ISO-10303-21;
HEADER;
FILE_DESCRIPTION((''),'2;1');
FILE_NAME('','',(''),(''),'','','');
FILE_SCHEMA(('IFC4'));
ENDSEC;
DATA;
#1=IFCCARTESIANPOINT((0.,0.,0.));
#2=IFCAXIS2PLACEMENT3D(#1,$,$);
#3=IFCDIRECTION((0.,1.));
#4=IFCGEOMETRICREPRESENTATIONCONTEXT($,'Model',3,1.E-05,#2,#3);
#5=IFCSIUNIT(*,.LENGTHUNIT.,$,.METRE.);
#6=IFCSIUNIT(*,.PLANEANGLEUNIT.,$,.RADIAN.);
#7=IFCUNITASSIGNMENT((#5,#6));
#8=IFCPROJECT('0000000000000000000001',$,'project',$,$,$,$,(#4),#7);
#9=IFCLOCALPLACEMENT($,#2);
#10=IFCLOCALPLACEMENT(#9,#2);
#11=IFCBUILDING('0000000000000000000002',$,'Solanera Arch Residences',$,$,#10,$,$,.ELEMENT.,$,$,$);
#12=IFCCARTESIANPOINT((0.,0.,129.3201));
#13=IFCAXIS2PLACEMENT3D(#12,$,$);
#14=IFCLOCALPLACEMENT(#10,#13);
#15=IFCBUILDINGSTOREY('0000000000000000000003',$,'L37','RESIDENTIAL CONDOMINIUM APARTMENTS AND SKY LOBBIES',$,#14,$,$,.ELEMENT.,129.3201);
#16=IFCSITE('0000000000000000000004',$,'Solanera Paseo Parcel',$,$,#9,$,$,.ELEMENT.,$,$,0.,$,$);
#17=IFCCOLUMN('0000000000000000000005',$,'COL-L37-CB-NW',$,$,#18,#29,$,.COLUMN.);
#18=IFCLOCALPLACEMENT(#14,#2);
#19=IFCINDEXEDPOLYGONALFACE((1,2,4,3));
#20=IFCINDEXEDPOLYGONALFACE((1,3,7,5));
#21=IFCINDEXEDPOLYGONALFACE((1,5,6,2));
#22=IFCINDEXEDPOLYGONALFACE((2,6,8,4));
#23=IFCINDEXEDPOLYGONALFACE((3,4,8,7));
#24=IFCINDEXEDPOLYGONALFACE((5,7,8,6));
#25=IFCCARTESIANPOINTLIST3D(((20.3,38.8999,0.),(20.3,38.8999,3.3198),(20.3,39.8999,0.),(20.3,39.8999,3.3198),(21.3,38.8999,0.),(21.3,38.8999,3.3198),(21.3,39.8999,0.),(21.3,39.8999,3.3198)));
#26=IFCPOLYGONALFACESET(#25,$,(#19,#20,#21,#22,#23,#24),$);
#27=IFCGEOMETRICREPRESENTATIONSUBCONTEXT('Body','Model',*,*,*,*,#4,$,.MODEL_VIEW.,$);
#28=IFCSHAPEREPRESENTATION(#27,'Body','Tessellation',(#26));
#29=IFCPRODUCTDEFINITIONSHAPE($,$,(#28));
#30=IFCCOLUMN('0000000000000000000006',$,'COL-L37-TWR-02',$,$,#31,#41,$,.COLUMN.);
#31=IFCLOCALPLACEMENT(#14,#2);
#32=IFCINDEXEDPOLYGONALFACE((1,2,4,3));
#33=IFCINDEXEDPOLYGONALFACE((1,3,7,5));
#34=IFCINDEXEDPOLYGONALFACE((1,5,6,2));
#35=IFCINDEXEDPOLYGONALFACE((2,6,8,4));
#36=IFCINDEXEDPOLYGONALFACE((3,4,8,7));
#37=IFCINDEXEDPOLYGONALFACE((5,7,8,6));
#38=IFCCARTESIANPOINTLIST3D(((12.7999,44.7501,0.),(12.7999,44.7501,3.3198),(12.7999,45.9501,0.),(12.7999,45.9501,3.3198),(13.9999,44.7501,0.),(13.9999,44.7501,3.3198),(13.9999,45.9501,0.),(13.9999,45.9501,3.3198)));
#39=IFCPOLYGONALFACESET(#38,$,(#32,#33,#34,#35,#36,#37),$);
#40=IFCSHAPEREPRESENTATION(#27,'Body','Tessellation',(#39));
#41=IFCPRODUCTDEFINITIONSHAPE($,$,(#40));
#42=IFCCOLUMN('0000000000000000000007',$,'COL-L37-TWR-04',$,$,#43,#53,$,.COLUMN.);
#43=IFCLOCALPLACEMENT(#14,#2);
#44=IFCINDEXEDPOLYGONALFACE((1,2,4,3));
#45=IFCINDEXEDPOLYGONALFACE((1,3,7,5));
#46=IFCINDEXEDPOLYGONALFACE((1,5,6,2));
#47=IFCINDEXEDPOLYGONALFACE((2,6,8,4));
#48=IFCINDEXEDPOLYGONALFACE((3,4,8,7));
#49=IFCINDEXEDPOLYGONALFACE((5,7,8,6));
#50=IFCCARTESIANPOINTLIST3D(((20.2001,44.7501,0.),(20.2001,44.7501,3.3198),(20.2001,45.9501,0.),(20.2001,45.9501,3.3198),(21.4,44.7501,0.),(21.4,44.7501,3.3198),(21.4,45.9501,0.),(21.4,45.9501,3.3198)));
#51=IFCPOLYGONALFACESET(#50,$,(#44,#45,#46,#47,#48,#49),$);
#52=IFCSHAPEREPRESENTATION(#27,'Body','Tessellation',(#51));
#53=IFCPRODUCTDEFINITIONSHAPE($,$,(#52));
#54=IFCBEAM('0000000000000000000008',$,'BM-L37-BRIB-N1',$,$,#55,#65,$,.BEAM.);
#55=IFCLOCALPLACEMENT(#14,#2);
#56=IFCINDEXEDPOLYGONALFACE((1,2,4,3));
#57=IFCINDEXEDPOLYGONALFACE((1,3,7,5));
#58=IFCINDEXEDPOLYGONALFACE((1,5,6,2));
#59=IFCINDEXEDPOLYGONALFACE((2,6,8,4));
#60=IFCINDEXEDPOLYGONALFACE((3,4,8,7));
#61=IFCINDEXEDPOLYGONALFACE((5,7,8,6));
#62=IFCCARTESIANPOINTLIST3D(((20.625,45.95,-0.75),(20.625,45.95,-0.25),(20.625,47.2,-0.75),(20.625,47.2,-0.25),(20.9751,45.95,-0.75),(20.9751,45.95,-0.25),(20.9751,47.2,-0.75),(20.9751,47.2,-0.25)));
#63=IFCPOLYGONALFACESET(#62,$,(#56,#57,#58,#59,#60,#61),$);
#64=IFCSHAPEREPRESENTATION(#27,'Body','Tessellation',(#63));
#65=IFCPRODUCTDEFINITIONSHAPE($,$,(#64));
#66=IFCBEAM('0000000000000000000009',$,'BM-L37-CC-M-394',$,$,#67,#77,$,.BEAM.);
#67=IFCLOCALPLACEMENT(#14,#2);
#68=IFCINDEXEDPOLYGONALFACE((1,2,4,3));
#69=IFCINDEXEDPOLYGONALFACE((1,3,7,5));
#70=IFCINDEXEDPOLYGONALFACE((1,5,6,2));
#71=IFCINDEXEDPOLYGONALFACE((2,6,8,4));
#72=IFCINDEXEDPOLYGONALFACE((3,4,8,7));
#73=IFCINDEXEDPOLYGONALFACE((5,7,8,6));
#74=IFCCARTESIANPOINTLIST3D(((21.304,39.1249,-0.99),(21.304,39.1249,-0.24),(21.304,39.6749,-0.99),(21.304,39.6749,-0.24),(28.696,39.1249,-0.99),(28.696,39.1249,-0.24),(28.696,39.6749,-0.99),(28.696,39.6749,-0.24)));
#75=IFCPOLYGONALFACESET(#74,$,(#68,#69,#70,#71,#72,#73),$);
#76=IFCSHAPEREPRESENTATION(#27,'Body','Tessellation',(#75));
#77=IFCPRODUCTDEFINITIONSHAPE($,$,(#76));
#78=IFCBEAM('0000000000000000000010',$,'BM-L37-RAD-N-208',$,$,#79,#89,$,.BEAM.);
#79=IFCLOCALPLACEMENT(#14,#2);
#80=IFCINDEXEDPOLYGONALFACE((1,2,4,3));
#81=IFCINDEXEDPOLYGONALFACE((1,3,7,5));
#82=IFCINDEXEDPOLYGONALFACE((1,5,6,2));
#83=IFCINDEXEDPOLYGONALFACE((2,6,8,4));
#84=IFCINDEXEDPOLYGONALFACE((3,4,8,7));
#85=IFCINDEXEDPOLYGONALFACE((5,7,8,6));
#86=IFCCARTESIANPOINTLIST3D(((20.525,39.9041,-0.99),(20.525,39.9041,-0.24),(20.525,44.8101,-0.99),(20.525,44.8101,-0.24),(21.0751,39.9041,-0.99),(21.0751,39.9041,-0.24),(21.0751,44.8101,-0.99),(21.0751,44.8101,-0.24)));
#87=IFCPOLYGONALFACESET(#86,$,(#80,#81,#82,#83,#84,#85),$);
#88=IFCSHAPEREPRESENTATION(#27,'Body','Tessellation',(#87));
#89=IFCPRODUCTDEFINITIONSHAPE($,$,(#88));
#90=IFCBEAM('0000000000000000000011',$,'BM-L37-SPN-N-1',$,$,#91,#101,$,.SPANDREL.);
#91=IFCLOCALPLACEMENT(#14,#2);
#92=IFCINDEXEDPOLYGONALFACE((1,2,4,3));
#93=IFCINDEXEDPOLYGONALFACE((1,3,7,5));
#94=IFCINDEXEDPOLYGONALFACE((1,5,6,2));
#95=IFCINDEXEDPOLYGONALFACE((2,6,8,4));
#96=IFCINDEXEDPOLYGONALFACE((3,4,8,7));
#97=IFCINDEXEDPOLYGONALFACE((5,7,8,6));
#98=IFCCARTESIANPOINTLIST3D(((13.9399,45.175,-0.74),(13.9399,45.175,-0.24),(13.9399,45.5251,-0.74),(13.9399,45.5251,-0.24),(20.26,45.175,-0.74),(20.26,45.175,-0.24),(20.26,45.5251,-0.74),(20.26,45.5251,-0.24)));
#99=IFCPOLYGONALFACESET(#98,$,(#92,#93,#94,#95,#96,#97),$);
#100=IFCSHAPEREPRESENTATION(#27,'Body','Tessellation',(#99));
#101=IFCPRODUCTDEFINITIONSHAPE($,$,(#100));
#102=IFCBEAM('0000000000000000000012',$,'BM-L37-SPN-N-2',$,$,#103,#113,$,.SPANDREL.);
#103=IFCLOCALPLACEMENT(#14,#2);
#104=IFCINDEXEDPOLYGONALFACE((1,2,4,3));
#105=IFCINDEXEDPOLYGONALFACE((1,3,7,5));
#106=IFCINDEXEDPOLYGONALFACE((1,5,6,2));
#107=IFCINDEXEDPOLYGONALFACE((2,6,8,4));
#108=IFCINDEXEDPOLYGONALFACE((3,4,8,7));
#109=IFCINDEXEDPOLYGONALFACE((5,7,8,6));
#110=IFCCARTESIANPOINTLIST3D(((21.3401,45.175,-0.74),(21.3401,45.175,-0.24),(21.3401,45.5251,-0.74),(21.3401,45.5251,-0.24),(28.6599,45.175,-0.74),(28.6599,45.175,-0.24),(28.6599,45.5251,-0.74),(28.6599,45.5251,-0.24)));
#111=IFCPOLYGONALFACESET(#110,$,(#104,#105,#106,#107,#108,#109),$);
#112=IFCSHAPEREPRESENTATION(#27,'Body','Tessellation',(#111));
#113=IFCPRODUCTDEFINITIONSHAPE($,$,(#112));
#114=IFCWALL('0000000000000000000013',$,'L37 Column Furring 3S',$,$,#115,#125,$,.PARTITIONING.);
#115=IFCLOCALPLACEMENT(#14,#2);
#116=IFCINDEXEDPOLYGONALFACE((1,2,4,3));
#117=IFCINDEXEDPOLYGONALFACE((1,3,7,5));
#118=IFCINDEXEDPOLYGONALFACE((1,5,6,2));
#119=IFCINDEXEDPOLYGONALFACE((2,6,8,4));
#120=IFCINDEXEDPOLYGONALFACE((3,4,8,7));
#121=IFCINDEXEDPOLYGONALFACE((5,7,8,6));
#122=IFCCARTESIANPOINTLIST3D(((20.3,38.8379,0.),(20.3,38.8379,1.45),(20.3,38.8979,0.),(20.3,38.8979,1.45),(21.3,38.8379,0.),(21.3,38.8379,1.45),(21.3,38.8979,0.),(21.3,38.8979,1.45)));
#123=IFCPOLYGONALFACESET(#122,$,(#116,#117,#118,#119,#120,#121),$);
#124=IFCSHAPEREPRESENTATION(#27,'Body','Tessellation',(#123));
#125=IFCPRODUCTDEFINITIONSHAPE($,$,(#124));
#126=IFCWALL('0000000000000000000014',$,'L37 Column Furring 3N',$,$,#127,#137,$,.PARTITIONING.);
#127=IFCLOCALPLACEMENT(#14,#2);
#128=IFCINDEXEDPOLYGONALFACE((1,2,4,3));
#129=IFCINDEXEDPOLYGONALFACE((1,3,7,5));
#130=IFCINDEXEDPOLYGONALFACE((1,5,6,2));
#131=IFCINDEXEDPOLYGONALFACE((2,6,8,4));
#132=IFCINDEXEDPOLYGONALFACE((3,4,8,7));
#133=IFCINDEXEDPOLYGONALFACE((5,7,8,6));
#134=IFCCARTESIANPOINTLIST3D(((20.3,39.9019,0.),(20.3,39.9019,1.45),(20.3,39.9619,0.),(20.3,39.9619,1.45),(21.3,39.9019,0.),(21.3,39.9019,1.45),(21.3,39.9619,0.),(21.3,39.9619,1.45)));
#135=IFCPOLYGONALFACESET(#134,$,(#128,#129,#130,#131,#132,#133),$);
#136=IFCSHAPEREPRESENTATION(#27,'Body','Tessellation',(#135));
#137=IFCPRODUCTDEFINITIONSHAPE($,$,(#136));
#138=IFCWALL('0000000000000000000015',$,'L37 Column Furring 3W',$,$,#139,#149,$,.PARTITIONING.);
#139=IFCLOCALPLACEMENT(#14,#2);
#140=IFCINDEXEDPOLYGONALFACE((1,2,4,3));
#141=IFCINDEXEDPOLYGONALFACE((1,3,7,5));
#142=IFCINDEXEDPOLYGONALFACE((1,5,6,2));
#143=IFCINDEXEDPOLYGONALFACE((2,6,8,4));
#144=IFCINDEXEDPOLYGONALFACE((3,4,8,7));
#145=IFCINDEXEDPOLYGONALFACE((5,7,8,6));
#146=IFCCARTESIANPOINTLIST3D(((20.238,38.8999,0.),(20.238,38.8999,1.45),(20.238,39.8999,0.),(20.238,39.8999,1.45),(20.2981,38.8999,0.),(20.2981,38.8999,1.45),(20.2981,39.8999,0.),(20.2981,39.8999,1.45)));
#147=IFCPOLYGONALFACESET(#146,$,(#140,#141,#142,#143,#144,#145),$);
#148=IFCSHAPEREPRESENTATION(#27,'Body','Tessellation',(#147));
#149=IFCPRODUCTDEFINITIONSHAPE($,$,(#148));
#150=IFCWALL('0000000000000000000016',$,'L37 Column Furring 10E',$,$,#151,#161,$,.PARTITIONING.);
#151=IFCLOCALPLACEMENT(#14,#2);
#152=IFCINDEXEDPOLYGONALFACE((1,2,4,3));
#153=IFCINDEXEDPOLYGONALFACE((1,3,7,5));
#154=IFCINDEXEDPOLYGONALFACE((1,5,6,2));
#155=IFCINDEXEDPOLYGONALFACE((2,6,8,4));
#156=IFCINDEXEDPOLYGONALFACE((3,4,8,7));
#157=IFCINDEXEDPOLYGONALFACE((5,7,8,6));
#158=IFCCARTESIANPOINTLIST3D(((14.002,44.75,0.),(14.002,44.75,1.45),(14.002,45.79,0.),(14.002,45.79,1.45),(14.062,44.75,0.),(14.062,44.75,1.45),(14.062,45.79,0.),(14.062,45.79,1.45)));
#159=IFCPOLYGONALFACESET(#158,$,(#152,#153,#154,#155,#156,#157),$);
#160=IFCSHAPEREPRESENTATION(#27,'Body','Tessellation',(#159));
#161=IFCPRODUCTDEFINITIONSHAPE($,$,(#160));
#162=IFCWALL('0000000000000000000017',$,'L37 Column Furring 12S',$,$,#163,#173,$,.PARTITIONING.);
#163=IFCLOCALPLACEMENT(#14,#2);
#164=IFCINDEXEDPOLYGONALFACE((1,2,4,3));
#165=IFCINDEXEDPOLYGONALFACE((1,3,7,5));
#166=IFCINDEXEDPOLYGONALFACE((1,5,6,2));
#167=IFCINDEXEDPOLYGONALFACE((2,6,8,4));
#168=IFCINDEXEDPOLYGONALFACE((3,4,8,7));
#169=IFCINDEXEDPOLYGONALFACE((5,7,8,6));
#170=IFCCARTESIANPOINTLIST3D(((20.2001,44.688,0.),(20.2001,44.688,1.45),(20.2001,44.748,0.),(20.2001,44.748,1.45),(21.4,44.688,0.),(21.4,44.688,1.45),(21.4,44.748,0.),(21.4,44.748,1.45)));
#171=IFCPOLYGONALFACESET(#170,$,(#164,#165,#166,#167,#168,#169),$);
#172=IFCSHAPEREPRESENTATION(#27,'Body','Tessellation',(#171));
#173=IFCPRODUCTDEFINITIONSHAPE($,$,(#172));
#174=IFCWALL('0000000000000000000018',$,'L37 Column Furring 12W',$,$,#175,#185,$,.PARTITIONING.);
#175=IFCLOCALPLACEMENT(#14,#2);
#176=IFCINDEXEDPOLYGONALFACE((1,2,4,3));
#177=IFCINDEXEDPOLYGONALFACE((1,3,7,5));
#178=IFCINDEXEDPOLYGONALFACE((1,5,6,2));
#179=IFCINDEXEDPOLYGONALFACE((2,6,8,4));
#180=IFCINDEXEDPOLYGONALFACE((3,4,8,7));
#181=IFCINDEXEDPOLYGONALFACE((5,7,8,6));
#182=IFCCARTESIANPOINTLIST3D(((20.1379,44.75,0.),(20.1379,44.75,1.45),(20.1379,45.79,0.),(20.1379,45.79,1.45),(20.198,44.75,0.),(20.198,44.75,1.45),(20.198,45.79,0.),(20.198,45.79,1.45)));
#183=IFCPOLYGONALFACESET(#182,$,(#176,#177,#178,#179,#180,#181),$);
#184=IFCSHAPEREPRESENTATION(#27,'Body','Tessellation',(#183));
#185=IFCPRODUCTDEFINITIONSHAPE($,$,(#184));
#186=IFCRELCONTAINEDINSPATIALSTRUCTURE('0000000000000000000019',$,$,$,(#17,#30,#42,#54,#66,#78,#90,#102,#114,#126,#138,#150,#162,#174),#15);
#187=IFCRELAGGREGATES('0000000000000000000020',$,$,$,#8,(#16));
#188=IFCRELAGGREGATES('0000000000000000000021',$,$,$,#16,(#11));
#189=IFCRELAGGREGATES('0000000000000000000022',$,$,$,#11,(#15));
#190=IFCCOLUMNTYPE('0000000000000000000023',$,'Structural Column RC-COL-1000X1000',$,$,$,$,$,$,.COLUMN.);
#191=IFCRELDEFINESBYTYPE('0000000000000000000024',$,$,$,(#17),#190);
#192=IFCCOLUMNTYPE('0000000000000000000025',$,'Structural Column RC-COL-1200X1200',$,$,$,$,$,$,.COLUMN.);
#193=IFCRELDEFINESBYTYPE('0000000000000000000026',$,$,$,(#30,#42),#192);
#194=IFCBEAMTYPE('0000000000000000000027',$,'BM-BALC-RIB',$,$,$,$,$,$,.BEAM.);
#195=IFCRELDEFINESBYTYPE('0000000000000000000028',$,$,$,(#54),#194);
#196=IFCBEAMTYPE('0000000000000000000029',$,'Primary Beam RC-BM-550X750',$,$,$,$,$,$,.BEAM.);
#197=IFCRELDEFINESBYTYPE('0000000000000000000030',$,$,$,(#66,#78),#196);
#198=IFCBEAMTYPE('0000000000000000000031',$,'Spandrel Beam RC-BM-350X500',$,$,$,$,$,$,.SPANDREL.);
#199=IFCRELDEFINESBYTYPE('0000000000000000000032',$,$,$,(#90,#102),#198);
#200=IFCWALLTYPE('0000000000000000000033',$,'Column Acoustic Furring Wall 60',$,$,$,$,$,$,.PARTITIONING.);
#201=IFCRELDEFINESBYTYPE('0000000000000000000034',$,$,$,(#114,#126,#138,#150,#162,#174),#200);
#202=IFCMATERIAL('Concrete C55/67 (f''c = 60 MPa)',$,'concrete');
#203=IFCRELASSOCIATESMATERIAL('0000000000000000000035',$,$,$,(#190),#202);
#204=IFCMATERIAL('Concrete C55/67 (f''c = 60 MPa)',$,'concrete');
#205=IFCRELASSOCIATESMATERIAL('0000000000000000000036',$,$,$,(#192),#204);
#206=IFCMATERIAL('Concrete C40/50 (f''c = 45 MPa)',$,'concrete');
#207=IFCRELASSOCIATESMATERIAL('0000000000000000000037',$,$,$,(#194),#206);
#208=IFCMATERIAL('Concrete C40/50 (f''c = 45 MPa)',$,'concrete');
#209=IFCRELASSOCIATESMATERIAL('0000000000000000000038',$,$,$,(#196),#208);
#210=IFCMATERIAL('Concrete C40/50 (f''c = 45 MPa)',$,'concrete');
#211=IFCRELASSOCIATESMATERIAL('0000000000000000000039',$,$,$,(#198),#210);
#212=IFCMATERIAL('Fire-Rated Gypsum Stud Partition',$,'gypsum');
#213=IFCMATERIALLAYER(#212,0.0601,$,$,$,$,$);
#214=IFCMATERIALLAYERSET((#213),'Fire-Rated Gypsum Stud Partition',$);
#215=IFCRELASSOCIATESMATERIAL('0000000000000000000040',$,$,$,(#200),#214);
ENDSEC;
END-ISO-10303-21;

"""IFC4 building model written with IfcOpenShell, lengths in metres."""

from ifc_helpers import new_model, si_unit, direction, frame, frame_2d, origin, origin_2d, place, context, subcontext, project, spatial, rectangle, extrude, material, layer, layer_set, material_profile, profile_set, type_object, element, save


model = new_model("IFC4")

# Units and contexts
model_context = context("Model", 3, precision=1e-05, world=origin(), true_north=direction((0.0, 1.0)))
body_context = subcontext(model_context, "Body", "Model", "MODEL_VIEW")
ifc_project = project(units=[si_unit("LENGTHUNIT", "METRE"), si_unit("PLANEANGLEUNIT", "RADIAN")], contexts=[model_context])

# Site, building, storey
site_placement = place(None, origin())
site = spatial("IfcSite", under=ifc_project, at=site_placement, Name="Solanera Paseo Parcel", CompositionType="ELEMENT", RefElevation=0.0)
building_placement = place(site_placement, origin())
building = spatial("IfcBuilding", under=site, at=building_placement, Name="Solanera Arch Residences", CompositionType="ELEMENT")
storey_placement = place(building_placement, frame((0.0, 0.0, 129.3201)))
storey = spatial("IfcBuildingStorey", under=building, at=storey_placement, Name="L37", Description="RESIDENTIAL CONDOMINIUM APARTMENTS AND SKY LOBBIES", CompositionType="ELEMENT", Elevation=129.3201)

# Columns
ifc_material_1 = material(Name="Concrete C55/67 (f'c = 60 MPa)", Category="concrete")
ifc_material_profile_1 = material_profile(ifc_material_1, rectangle(XDim=1.0, YDim=1.0, at=origin_2d()))
ifc_profile_set_1 = profile_set([ifc_material_profile_1], Name="Concrete C55/67 (f'c = 60 MPa)")
column_type_1 = type_object("IfcColumnType", Name="Structural Column RC-COL-1000X1000", PredefinedType="COLUMN", material=ifc_profile_set_1)
column_placement = place(storey_placement, frame((20.8, 39.3999, 0.0), z_axis=(0.0, 0.0, 1.0), x_axis=(1.0, 0.0, 0.0)))
element("IfcColumn", 1, at=column_placement, inside=storey, type_object=column_type_1, Name="COL-L37-CB-NW", PredefinedType="COLUMN", context=body_context, shape_type="SweptSolid", body=[
    extrude(rectangle(XDim=1.0, YDim=1.0, at=origin_2d()), origin(), (0.0, 0.0, 1.0), 3.3198),
])
ifc_material_2 = material(Name="Concrete C55/67 (f'c = 60 MPa)", Category="concrete")
ifc_material_profile_2 = material_profile(ifc_material_2, rectangle(XDim=1.2, YDim=1.2, at=origin_2d()))
ifc_profile_set_2 = profile_set([ifc_material_profile_2], Name="Concrete C55/67 (f'c = 60 MPa)")
column_type_2 = type_object("IfcColumnType", Name="Structural Column RC-COL-1200X1200", PredefinedType="COLUMN", material=ifc_profile_set_2)
for number, where, z_axis, x_axis, name in (
    (2, (13.3999, 45.3501, 0.0), (0.0, 0.0, 1.0), (1.0, 0.0, 0.0), "COL-L37-TWR-02"),
    (3, (20.8, 45.3501, 0.0), (0.0, 0.0, 1.0), (1.0, 0.0, 0.0), "COL-L37-TWR-04"),
):
    element("IfcColumn", number, at=place(storey_placement, frame(where, z_axis=z_axis, x_axis=x_axis)), inside=storey, type_object=column_type_2, Name=name, PredefinedType="COLUMN", context=body_context, shape_type="SweptSolid", body=[
        extrude(rectangle(XDim=1.2, YDim=1.2, at=origin_2d()), origin(), (0.0, 0.0, 1.0), 3.3198),
    ])

# Beams
ifc_material_3 = material(Name="Concrete C40/50 (f'c = 45 MPa)", Category="concrete")
ifc_material_profile_3 = material_profile(ifc_material_3, rectangle(XDim=0.3501, YDim=0.5, at=origin_2d()))
ifc_profile_set_3 = profile_set([ifc_material_profile_3], Name="Concrete C40/50 (f'c = 45 MPa)")
beam_type_1 = type_object("IfcBeamType", Name="BM-BALC-RIB", PredefinedType="BEAM", material=ifc_profile_set_3)
beam_1_placement = place(storey_placement, frame((20.8, 45.95, -0.5), z_axis=(0.0, 1.0, 0.0), x_axis=(-1.0, 0.0, 0.0)))
element("IfcBeam", 4, at=beam_1_placement, inside=storey, type_object=beam_type_1, Name="BM-L37-BRIB-N1", PredefinedType="BEAM", context=body_context, shape_type="SweptSolid", body=[
    extrude(rectangle(XDim=0.3501, YDim=0.5, at=origin_2d()), origin(), (0.0, 0.0, 1.0), 1.25),
])
ifc_material_4 = material(Name="Concrete C40/50 (f'c = 45 MPa)", Category="concrete")
ifc_material_profile_4 = material_profile(ifc_material_4, rectangle(XDim=0.55, YDim=0.75, at=origin_2d()))
ifc_profile_set_4 = profile_set([ifc_material_profile_4], Name="Concrete C40/50 (f'c = 45 MPa)")
beam_type_2 = type_object("IfcBeamType", Name="Primary Beam RC-BM-550X750", PredefinedType="BEAM", material=ifc_profile_set_4)
beam_2_placement = place(storey_placement, frame((21.304, 39.3999, -0.615), z_axis=(1.0, 0.0, 0.0), x_axis=(0.0, 1.0, 0.0)))
element("IfcBeam", 5, at=beam_2_placement, inside=storey, type_object=beam_type_2, Name="BM-L37-CC-M-394", PredefinedType="BEAM", context=body_context, shape_type="SweptSolid", body=[
    extrude(rectangle(XDim=0.55, YDim=0.75, at=origin_2d()), origin(), (0.0, 0.0, 1.0), 7.3921),
])
beam_3_placement = place(storey_placement, frame((20.8, 39.9041, -0.615), z_axis=(0.0, 1.0, 0.0), x_axis=(-1.0, 0.0, 0.0)))
element("IfcBeam", 6, at=beam_3_placement, inside=storey, type_object=beam_type_2, Name="BM-L37-RAD-N-208", PredefinedType="BEAM", context=body_context, shape_type="SweptSolid", body=[
    extrude(rectangle(XDim=0.55, YDim=0.75, at=origin_2d()), origin(), (0.0, 0.0, 1.0), 4.906),
])
ifc_material_5 = material(Name="Concrete C40/50 (f'c = 45 MPa)", Category="concrete")
ifc_material_profile_5 = material_profile(ifc_material_5, rectangle(XDim=0.3501, YDim=0.5, at=origin_2d()))
ifc_profile_set_5 = profile_set([ifc_material_profile_5], Name="Concrete C40/50 (f'c = 45 MPa)")
beam_type_3 = type_object("IfcBeamType", Name="Spandrel Beam RC-BM-350X500", PredefinedType="SPANDREL", material=ifc_profile_set_5)
beam_4_placement = place(storey_placement, frame((13.9399, 45.3501, -0.49), z_axis=(1.0, 0.0, 0.0), x_axis=(0.0, 1.0, 0.0)))
element("IfcBeam", 7, at=beam_4_placement, inside=storey, type_object=beam_type_3, Name="BM-L37-SPN-N-1", PredefinedType="SPANDREL", context=body_context, shape_type="SweptSolid", body=[
    extrude(rectangle(XDim=0.3501, YDim=0.5, at=origin_2d()), origin(), (0.0, 0.0, 1.0), 6.3201),
])
beam_5_placement = place(storey_placement, frame((21.3401, 45.3501, -0.49), z_axis=(1.0, 0.0, 0.0), x_axis=(0.0, 1.0, 0.0)))
element("IfcBeam", 8, at=beam_5_placement, inside=storey, type_object=beam_type_3, Name="BM-L37-SPN-N-2", PredefinedType="SPANDREL", context=body_context, shape_type="SweptSolid", body=[
    extrude(rectangle(XDim=0.3501, YDim=0.5, at=origin_2d()), origin(), (0.0, 0.0, 1.0), 7.3198),
])

# Walls
ifc_material_6 = material(Name="Fire-Rated Gypsum Stud Partition", Category="gypsum")
ifc_layer_1 = layer(ifc_material_6, 0.0601)
ifc_layer_set_1 = layer_set([ifc_layer_1], Name="Fire-Rated Gypsum Stud Partition")
wall_type_1 = type_object("IfcWallType", Name="Column Acoustic Furring Wall 60", PredefinedType="PARTITIONING", material=ifc_layer_set_1)
for number, where, z_axis, x_axis, name in (
    (9, (20.3, 38.8679, 0.0), (0.0, 0.0, 1.0), (1.0, 0.0, 0.0), "L37 Column Furring 3S"),
    (10, (20.3, 39.9319, 0.0), (0.0, 0.0, 1.0), (1.0, 0.0, 0.0), "L37 Column Furring 3N"),
    (11, (20.2681, 38.8999, 0.0), (0.0, 0.0, 1.0), (0.0, 1.0, 0.0), "L37 Column Furring 3W"),
):
    element("IfcWall", number, at=place(storey_placement, frame(where, z_axis=z_axis, x_axis=x_axis)), inside=storey, type_object=wall_type_1, Name=name, PredefinedType="PARTITIONING", context=body_context, shape_type="SweptSolid", body=[
        extrude(rectangle(XDim=1.0, YDim=0.0601, at=frame_2d((0.5, 0.0))), origin(), (0.0, 0.0, 1.0), 1.45),
    ])
wall_1_placement = place(storey_placement, frame((14.032, 44.75, 0.0), z_axis=(0.0, 0.0, 1.0), x_axis=(0.0, 1.0, 0.0)))
element("IfcWall", 12, at=wall_1_placement, inside=storey, type_object=wall_type_1, Name="L37 Column Furring 10E", PredefinedType="PARTITIONING", context=body_context, shape_type="SweptSolid", body=[
    extrude(rectangle(XDim=1.04, YDim=0.0601, at=frame_2d((0.52, 0.0))), origin(), (0.0, 0.0, 1.0), 1.45),
])
wall_2_placement = place(storey_placement, frame((20.2, 44.718, 0.0), z_axis=(0.0, 0.0, 1.0), x_axis=(1.0, 0.0, 0.0)))
element("IfcWall", 13, at=wall_2_placement, inside=storey, type_object=wall_type_1, Name="L37 Column Furring 12S", PredefinedType="PARTITIONING", context=body_context, shape_type="SweptSolid", body=[
    extrude(rectangle(XDim=1.2, YDim=0.0601, at=frame_2d((0.6001, 0.0))), origin(), (0.0, 0.0, 1.0), 1.45),
])
wall_3_placement = place(storey_placement, frame((20.168, 44.75, 0.0), z_axis=(0.0, 0.0, 1.0), x_axis=(0.0, 1.0, 0.0)))
element("IfcWall", 14, at=wall_3_placement, inside=storey, type_object=wall_type_1, Name="L37 Column Furring 12W", PredefinedType="PARTITIONING", context=body_context, shape_type="SweptSolid", body=[
    extrude(rectangle(XDim=1.04, YDim=0.0601, at=frame_2d((0.52, 0.0))), origin(), (0.0, 0.0, 1.0), 1.45),
])

save(model, "model.ifc")
